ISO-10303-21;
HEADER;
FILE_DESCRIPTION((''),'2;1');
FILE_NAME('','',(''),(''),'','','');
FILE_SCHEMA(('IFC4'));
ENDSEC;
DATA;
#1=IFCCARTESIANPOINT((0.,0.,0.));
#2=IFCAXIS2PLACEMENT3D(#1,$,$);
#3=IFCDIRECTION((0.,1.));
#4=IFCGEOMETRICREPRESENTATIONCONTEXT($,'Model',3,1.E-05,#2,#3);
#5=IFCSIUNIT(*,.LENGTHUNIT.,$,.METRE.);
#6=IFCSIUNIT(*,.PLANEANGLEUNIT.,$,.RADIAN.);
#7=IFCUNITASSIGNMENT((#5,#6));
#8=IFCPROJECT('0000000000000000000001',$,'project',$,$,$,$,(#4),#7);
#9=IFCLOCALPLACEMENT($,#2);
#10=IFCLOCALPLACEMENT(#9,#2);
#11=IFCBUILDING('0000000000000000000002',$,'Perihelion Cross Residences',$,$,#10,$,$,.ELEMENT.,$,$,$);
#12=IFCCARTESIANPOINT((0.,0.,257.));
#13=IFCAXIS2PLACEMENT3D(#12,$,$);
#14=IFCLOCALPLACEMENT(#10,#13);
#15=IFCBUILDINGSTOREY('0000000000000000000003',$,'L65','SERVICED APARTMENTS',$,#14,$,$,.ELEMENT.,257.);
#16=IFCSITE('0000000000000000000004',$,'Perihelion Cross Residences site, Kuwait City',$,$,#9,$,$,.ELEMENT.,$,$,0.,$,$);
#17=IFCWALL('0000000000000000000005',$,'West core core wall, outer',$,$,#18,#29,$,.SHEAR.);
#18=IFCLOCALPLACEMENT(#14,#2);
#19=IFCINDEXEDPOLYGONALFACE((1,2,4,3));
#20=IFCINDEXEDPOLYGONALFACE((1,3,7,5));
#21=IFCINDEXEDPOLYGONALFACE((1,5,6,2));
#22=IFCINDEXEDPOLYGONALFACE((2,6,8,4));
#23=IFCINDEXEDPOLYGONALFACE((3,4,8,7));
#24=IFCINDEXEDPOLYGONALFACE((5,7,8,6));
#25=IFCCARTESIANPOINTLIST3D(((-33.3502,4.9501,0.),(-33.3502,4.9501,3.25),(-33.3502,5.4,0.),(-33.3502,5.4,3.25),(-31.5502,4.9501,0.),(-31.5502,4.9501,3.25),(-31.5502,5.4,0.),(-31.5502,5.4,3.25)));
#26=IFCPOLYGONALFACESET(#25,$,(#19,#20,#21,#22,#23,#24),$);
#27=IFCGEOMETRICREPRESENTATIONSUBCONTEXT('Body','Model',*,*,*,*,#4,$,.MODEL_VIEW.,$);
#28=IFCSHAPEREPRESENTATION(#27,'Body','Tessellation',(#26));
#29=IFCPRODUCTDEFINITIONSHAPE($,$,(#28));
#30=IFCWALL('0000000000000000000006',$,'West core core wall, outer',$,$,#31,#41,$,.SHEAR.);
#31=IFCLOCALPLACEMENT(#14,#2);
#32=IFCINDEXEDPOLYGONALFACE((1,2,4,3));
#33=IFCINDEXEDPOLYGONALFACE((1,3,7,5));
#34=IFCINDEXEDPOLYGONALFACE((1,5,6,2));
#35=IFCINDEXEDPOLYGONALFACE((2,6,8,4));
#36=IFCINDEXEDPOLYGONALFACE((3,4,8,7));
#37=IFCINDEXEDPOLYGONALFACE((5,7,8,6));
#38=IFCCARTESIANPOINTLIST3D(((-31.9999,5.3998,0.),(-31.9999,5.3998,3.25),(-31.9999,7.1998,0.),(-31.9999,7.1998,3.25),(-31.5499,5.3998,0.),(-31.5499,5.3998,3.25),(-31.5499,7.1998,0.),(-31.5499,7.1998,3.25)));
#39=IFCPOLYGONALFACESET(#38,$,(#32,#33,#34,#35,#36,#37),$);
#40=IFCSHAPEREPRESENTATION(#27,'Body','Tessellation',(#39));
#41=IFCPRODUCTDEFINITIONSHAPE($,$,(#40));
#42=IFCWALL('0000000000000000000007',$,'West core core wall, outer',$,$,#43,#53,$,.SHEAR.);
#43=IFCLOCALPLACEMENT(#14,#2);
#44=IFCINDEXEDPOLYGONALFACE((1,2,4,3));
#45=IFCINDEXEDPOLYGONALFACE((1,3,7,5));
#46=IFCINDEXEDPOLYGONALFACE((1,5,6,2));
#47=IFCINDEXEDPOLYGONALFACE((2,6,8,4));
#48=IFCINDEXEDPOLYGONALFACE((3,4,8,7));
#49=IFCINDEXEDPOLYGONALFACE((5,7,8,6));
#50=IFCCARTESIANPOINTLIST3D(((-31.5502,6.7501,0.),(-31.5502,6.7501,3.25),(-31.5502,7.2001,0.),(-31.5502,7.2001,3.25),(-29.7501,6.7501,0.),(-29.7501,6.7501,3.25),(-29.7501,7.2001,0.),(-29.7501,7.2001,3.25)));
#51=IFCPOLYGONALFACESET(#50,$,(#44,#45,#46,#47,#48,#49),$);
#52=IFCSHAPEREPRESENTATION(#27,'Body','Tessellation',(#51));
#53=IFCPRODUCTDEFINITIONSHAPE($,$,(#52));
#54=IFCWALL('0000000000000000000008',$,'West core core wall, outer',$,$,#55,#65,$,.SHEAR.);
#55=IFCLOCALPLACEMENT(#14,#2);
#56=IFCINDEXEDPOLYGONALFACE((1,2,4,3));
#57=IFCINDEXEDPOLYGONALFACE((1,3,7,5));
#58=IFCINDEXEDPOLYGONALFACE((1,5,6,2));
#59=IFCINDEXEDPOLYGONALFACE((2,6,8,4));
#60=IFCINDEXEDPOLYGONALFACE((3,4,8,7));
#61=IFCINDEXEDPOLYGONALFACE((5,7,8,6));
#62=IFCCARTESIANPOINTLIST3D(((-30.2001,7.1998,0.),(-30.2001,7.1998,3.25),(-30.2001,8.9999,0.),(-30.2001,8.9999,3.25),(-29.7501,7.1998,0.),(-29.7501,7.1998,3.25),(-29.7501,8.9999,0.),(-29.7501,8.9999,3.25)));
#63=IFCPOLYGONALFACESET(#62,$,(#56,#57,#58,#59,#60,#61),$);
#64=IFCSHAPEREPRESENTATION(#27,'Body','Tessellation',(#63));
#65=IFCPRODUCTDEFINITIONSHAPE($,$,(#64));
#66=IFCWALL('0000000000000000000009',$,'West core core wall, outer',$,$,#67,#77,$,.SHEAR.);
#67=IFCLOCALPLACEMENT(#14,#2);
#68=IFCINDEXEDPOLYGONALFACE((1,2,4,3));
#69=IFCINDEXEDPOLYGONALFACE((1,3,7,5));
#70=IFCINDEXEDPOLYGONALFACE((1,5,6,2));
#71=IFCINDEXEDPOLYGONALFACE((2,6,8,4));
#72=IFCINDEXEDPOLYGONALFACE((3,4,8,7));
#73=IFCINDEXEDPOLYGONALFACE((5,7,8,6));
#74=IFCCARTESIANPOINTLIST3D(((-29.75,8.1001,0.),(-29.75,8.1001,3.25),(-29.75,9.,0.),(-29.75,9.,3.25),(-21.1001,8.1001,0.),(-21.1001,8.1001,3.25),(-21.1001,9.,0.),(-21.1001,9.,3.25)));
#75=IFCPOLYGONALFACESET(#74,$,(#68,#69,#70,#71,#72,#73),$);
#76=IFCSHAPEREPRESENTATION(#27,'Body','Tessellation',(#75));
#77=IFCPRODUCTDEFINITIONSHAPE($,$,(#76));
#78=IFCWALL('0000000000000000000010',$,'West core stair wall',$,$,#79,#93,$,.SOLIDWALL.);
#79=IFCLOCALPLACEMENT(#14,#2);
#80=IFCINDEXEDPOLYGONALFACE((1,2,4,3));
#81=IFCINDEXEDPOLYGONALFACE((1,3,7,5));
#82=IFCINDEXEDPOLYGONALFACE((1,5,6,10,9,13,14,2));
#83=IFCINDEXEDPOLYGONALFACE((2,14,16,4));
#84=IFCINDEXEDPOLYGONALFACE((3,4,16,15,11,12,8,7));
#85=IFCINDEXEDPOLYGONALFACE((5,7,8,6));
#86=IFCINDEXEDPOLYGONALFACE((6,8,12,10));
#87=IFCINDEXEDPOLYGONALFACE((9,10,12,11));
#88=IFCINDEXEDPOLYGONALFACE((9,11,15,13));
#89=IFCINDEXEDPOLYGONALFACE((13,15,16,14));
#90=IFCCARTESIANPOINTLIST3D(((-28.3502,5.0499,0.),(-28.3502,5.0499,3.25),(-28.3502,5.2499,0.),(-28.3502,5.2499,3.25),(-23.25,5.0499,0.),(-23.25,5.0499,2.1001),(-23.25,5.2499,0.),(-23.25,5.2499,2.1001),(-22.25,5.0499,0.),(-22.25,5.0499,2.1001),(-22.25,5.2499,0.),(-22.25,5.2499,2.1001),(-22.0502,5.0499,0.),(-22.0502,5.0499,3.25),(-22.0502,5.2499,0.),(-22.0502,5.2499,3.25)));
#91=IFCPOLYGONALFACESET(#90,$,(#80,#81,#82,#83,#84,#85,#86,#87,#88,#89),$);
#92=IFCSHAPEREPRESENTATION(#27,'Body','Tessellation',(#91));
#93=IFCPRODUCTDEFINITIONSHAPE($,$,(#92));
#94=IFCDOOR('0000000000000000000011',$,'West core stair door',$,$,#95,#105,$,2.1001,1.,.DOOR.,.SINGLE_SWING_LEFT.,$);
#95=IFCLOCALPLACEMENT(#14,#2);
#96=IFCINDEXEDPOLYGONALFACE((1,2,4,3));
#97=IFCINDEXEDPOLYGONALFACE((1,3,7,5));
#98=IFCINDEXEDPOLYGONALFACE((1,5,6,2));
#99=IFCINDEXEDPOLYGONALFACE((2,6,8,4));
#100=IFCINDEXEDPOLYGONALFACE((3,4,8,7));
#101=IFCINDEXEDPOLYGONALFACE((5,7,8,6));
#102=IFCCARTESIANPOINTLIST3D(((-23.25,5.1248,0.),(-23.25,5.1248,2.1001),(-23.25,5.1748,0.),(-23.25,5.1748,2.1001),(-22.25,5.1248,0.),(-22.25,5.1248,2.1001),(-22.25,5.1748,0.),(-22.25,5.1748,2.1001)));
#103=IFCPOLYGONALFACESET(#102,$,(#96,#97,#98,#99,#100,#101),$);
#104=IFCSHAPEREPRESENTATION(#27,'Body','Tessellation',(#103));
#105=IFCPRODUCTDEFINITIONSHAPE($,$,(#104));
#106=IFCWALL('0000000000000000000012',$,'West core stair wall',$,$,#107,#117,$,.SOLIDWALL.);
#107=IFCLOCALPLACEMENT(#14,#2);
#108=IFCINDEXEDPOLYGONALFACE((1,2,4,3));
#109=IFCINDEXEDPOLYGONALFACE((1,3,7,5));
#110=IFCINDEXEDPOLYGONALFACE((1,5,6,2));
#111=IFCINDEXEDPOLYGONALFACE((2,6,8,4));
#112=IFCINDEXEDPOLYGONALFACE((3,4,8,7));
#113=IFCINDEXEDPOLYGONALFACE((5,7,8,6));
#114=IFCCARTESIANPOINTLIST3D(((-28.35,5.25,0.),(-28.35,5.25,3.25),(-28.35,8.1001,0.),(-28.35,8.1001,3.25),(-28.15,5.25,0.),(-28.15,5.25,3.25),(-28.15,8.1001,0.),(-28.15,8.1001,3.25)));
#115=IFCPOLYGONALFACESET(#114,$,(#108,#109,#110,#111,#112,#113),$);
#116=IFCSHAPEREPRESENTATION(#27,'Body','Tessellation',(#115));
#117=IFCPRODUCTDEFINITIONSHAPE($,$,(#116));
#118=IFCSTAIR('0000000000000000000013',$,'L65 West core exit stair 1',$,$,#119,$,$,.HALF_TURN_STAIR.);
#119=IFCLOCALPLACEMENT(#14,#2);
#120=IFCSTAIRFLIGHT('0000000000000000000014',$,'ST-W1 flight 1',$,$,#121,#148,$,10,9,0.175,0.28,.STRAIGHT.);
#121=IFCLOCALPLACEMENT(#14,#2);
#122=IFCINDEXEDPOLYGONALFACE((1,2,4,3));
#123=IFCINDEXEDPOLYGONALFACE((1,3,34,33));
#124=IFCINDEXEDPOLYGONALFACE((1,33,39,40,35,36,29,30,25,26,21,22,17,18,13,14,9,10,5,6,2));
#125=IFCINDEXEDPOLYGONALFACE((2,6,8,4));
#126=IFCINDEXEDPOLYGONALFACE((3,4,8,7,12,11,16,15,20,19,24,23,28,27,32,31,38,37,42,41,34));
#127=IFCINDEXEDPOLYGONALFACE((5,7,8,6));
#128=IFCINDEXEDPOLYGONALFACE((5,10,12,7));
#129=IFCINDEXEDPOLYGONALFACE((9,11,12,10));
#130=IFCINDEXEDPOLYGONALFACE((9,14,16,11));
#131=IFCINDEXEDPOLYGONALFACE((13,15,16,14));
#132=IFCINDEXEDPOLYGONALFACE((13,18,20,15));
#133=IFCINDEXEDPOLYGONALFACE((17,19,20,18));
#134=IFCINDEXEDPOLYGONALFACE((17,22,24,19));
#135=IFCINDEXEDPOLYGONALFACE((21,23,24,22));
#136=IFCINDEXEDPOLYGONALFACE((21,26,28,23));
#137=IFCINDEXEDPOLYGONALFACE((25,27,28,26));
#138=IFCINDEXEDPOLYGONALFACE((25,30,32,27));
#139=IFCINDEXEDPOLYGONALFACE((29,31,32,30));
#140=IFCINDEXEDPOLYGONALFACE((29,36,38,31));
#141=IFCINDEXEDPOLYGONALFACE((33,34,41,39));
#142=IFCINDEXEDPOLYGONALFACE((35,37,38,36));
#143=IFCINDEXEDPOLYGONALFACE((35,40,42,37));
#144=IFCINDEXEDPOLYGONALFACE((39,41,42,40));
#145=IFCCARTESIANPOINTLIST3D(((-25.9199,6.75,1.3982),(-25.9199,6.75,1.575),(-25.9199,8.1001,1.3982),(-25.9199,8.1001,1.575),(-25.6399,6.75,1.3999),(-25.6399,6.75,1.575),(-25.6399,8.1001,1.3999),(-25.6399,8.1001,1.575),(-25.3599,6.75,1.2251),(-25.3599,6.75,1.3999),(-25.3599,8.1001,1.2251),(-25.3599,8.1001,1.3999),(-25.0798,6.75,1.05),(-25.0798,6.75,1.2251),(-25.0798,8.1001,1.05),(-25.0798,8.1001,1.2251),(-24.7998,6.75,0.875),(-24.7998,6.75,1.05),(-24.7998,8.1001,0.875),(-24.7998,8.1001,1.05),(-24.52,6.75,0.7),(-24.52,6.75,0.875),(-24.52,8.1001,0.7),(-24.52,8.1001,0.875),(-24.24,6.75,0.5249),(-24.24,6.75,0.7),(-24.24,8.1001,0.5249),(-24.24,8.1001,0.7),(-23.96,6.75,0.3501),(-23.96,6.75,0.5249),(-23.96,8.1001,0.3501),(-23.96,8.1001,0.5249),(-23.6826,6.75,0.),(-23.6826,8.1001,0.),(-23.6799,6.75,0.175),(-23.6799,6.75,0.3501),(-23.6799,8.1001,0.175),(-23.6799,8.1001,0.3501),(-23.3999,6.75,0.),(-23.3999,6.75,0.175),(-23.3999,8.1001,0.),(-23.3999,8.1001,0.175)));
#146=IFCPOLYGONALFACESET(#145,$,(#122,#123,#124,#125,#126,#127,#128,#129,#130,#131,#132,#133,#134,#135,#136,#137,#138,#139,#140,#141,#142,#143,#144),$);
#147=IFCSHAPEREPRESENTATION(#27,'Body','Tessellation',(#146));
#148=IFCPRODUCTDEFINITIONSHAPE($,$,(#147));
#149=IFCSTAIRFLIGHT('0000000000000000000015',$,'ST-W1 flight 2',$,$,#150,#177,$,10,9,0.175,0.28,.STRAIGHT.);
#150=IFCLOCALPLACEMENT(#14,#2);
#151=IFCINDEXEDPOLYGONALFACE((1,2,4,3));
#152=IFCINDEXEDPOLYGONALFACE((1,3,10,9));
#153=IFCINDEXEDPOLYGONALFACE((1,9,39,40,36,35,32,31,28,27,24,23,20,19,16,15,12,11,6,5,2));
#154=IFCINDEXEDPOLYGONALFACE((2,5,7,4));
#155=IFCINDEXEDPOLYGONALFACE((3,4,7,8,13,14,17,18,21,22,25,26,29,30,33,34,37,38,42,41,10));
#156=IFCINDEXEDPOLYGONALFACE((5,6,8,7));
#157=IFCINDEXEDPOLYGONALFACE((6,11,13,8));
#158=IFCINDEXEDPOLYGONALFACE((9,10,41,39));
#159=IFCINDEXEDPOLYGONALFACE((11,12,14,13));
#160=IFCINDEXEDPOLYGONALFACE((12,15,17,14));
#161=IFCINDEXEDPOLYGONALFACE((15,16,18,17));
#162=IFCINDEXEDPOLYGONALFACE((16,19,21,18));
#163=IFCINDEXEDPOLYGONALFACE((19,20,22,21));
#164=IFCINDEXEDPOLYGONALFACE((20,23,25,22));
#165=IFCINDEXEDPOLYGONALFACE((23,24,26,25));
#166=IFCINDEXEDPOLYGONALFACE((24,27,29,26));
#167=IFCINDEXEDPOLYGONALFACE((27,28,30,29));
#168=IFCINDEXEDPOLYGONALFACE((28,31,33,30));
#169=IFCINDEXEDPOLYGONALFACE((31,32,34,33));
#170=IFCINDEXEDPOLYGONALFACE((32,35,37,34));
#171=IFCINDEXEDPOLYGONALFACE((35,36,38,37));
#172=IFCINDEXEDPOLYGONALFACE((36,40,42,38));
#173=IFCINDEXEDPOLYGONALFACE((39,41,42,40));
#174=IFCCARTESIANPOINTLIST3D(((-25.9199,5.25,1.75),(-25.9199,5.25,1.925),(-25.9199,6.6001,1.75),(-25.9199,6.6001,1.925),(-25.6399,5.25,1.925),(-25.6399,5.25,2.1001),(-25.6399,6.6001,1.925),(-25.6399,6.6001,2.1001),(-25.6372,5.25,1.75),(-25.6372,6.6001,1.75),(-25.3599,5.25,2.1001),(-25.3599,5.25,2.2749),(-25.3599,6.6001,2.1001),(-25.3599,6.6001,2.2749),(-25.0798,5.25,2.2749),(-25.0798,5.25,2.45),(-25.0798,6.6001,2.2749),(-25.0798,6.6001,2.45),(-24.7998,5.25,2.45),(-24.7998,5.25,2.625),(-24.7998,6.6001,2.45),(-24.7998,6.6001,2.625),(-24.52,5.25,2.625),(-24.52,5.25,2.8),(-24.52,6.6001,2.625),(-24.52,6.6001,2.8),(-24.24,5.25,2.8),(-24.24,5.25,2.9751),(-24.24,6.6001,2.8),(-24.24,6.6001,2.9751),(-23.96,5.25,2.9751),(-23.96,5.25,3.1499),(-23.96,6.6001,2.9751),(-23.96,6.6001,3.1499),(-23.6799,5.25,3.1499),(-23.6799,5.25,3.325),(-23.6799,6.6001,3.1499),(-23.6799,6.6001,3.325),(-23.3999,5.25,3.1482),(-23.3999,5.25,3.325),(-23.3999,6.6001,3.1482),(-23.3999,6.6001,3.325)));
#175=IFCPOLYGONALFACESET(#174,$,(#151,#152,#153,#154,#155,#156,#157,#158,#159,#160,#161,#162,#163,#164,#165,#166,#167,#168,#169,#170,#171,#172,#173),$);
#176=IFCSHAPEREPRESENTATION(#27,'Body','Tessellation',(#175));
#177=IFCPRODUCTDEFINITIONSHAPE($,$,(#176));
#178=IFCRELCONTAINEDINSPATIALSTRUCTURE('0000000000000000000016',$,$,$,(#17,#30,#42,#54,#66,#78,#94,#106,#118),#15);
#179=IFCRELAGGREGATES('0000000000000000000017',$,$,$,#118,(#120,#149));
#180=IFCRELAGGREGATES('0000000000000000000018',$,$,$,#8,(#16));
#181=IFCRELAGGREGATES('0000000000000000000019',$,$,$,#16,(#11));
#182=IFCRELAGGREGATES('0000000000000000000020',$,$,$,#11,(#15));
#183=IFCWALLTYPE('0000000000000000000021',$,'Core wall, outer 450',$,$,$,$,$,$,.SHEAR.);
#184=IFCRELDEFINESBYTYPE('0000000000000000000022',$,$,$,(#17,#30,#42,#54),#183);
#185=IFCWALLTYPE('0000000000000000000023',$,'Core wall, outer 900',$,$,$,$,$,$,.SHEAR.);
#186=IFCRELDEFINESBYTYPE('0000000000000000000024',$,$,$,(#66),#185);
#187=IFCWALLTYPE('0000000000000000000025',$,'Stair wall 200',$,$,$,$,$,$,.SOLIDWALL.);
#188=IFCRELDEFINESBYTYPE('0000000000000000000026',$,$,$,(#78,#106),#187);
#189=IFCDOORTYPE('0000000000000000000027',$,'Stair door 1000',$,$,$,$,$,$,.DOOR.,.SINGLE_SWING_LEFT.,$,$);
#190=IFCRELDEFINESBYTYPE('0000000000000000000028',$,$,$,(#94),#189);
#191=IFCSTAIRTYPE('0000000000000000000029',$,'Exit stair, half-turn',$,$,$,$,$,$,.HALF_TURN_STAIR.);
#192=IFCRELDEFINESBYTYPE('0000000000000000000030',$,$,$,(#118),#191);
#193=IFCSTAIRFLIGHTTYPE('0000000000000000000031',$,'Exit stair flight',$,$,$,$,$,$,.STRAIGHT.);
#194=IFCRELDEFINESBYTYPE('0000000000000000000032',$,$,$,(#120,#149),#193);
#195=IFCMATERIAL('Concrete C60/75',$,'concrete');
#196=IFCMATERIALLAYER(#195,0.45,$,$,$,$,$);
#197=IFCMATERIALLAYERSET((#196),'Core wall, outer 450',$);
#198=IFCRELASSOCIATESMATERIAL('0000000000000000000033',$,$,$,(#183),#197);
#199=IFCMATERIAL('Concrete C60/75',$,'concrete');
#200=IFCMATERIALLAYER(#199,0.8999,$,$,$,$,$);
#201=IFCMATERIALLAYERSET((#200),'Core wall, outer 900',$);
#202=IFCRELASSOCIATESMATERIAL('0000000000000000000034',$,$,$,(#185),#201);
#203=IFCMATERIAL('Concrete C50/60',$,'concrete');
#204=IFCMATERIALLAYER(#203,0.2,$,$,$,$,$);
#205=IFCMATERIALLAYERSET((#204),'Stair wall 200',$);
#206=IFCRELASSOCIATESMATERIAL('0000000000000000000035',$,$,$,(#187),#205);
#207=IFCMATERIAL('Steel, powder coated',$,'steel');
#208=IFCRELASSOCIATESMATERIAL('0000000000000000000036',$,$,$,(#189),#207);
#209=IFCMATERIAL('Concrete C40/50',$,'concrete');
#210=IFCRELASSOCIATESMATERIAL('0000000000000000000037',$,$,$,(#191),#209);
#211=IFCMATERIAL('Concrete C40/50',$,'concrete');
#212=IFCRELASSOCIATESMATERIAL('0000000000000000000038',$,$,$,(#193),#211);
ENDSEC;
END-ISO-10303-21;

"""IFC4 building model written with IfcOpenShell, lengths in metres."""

from ifc_helpers import new_model, si_unit, direction, frame, frame_2d, origin, place, context, subcontext, project, spatial, polyline, rectangle, outline, extrude, material, layer, layer_set, type_object, element, fill, aggregate, save


model = new_model("IFC4")

# Units and contexts
model_context = context("Model", 3, precision=1e-05, world=origin(), true_north=direction((0.0, 1.0)))
body_context = subcontext(model_context, "Body", "Model", "MODEL_VIEW")
ifc_project = project(units=[si_unit("LENGTHUNIT", "METRE"), si_unit("PLANEANGLEUNIT", "RADIAN")], contexts=[model_context])

# Site, building, storey
site_placement = place(None, origin())
site = spatial("IfcSite", under=ifc_project, at=site_placement, Name="Perihelion Cross Residences site, Kuwait City", CompositionType="ELEMENT", RefElevation=0.0)
building_placement = place(site_placement, origin())
building = spatial("IfcBuilding", under=site, at=building_placement, Name="Perihelion Cross Residences", CompositionType="ELEMENT")
storey_placement = place(building_placement, frame((0.0, 0.0, 257.0)))
storey = spatial("IfcBuildingStorey", under=building, at=storey_placement, Name="L65", Description="SERVICED APARTMENTS", CompositionType="ELEMENT", Elevation=257.0)

# Walls
ifc_material_1 = material(Name="Concrete C60/75", Category="concrete")
ifc_layer_1 = layer(ifc_material_1, 0.45)
ifc_layer_set_1 = layer_set([ifc_layer_1], Name="Core wall, outer 450")
wall_type_1 = type_object("IfcWallType", Name="Core wall, outer 450", PredefinedType="SHEAR", material=ifc_layer_set_1)
for number, where, z_axis, x_axis, name in (
    (1, (-33.3501, 5.175, 0.0), (0.0, 0.0, 1.0), (1.0, 0.0, 0.0), "West core core wall, outer"),
    (2, (-31.7749, 5.3999, 0.0), (0.0, 0.0, 1.0), (0.0, 1.0, 0.0), "West core core wall, outer"),
    (3, (-31.55, 6.9751, 0.0), (0.0, 0.0, 1.0), (1.0, 0.0, 0.0), "West core core wall, outer"),
    (4, (-29.9751, 7.2, 0.0), (0.0, 0.0, 1.0), (0.0, 1.0, 0.0), "West core core wall, outer"),
):
    element("IfcWall", number, at=place(storey_placement, frame(where, z_axis=z_axis, x_axis=x_axis)), inside=storey, type_object=wall_type_1, Name=name, PredefinedType="SHEAR", context=body_context, shape_type="SweptSolid", body=[
        extrude(rectangle(XDim=1.8, YDim=0.45, at=frame_2d((0.8999, 0.0))), origin(), (0.0, 0.0, 1.0), 3.25),
    ])
ifc_material_2 = material(Name="Concrete C60/75", Category="concrete")
ifc_layer_2 = layer(ifc_material_2, 0.8999)
ifc_layer_set_2 = layer_set([ifc_layer_2], Name="Core wall, outer 900")
wall_type_2 = type_object("IfcWallType", Name="Core wall, outer 900", PredefinedType="SHEAR", material=ifc_layer_set_2)
wall_1_placement = place(storey_placement, frame((-29.75, 8.55, 0.0), z_axis=(0.0, 0.0, 1.0), x_axis=(1.0, 0.0, 0.0)))
element("IfcWall", 5, at=wall_1_placement, inside=storey, type_object=wall_type_2, Name="West core core wall, outer", PredefinedType="SHEAR", context=body_context, shape_type="SweptSolid", body=[
    extrude(rectangle(XDim=8.6499, YDim=0.8999, at=frame_2d((4.325, 0.0))), origin(), (0.0, 0.0, 1.0), 3.25),
])

# Wall, opening, door
ifc_material_3 = material(Name="Concrete C50/60", Category="concrete")
ifc_layer_3 = layer(ifc_material_3, 0.2)
ifc_layer_set_3 = layer_set([ifc_layer_3], Name="Stair wall 200")
wall_type_3 = type_object("IfcWallType", Name="Stair wall 200", PredefinedType="SOLIDWALL", material=ifc_layer_set_3)
wall_2_placement = place(storey_placement, frame((-28.3501, 5.1499, 0.0), z_axis=(0.0, 0.0, 1.0), x_axis=(1.0, 0.0, 0.0)))
wall_2 = element("IfcWall", 6, at=wall_2_placement, inside=storey, type_object=wall_type_3, Name="West core stair wall", PredefinedType="SOLIDWALL", context=body_context, shape_type="SweptSolid", body=[
    extrude(rectangle(XDim=6.3, YDim=0.2, at=frame_2d((3.1499, 0.0))), origin(), (0.0, 0.0, 1.0), 3.25),
])
opening_placement = place(wall_2_placement, frame((5.1001, 0.0, 0.0)))
opening = element("IfcOpeningElement", 7, at=opening_placement, cuts=wall_2, PredefinedType="OPENING", context=body_context, shape_type="SweptSolid", body=[
    extrude(rectangle(XDim=1.0, YDim=2.1001, at=frame_2d((0.5, 1.05))), frame((0.0, 0.1099, 0.0), z_axis=(0.0, -1.0, 0.0), x_axis=(1.0, 0.0, 0.0)), (0.0, 0.0, 1.0), 0.22),
])
ifc_material_4 = material(Name="Steel, powder coated", Category="steel")
door_type = type_object("IfcDoorType", Name="Stair door 1000", OperationType="SINGLE_SWING_LEFT", PredefinedType="DOOR", material=ifc_material_4)
door_placement = place(opening_placement, origin())
door = element("IfcDoor", 8, at=door_placement, inside=storey, type_object=door_type, Name="West core stair door", OperationType="SINGLE_SWING_LEFT", OverallHeight=2.1001, OverallWidth=1.0, PredefinedType="DOOR", context=body_context, shape_type="SweptSolid", body=[
    extrude(rectangle(XDim=1.0, YDim=2.1001, at=frame_2d((0.5, 1.05))), frame((0.0, 0.0249, 0.0), z_axis=(0.0, -1.0, 0.0), x_axis=(1.0, 0.0, 0.0)), (0.0, 0.0, 1.0), 0.05),
])
fill(opening, door)

# Wall
wall_3_placement = place(storey_placement, frame((-28.25, 5.25, 0.0), z_axis=(0.0, 0.0, 1.0), x_axis=(0.0, 1.0, 0.0)))
element("IfcWall", 9, at=wall_3_placement, inside=storey, type_object=wall_type_3, Name="West core stair wall", PredefinedType="SOLIDWALL", context=body_context, shape_type="SweptSolid", body=[
    extrude(rectangle(XDim=2.8501, YDim=0.2, at=frame_2d((1.425, 0.0))), origin(), (0.0, 0.0, 1.0), 3.25),
])

# Stair, stair flights
ifc_material_5 = material(Name="Concrete C40/50", Category="concrete")
stair_type = type_object("IfcStairType", Name="Exit stair, half-turn", PredefinedType="HALF_TURN_STAIR", material=ifc_material_5)
stair_placement = place(storey_placement, origin())
stair = element("IfcStair", 10, at=stair_placement, inside=storey, type_object=stair_type, Name="L65 West core exit stair 1", PredefinedType="HALF_TURN_STAIR")
ifc_material_6 = material(Name="Concrete C40/50", Category="concrete")
stair_flight_type = type_object("IfcStairFlightType", Name="Exit stair flight", PredefinedType="STRAIGHT", material=ifc_material_6)
stair_flight_1_placement = place(storey_placement, frame((-23.3999, 7.425, 0.0), z_axis=(0.0, 0.0, 1.0), x_axis=(-1.0, 0.0, 0.0)))
stair_flight_1 = element("IfcStairFlight", 11, at=stair_flight_1_placement, type_object=stair_flight_type, Name="ST-W1 flight 1", NumberOfRisers=10, NumberOfTreads=9, PredefinedType="STRAIGHT", RiserHeight=0.175, TreadLength=0.28, context=body_context, shape_type="SweptSolid", body=[
    extrude(outline(polyline([(0.0, 0.0), (0.0, 0.175), (0.28, 0.175), (0.28, 0.3501), (0.5601, 0.3501), (0.5601, 0.5249), (0.8401, 0.5249), (0.8401, 0.7), (1.1201, 0.7), (1.1201, 0.875), (1.3999, 0.875), (1.3999, 1.05), (1.6799, 1.05), (1.6799, 1.2251), (1.96, 1.2251), (1.96, 1.3999), (2.24, 1.3999), (2.24, 1.575), (2.52, 1.575), (2.52, 1.75), (2.52, 1.3982), (0.2827, 0.0), (0.0, 0.0)])), frame((0.0, 0.675, 0.0), z_axis=(0.0, -1.0, 0.0), x_axis=(1.0, 0.0, 0.0)), (0.0, 0.0, 1.0), 1.3501),
])
stair_flight_2_placement = place(storey_placement, frame((-25.9199, 5.925, 1.75), z_axis=(0.0, 0.0, 1.0), x_axis=(1.0, 0.0, 0.0)))
stair_flight_2 = element("IfcStairFlight", 12, at=stair_flight_2_placement, type_object=stair_flight_type, Name="ST-W1 flight 2", NumberOfRisers=10, NumberOfTreads=9, PredefinedType="STRAIGHT", RiserHeight=0.175, TreadLength=0.28, context=body_context, shape_type="SweptSolid", body=[
    extrude(outline(polyline([(0.0, 0.0), (0.0, 0.175), (0.28, 0.175), (0.28, 0.3501), (0.5601, 0.3501), (0.5601, 0.5249), (0.8401, 0.5249), (0.8401, 0.7), (1.1201, 0.7), (1.1201, 0.875), (1.3999, 0.875), (1.3999, 1.05), (1.6799, 1.05), (1.6799, 1.2251), (1.96, 1.2251), (1.96, 1.3999), (2.24, 1.3999), (2.24, 1.575), (2.52, 1.575), (2.52, 1.75), (2.52, 1.3982), (0.2827, 0.0), (0.0, 0.0)])), frame((0.0, 0.675, 0.0), z_axis=(0.0, -1.0, 0.0), x_axis=(1.0, 0.0, 0.0)), (0.0, 0.0, 1.0), 1.3501),
])
aggregate(stair, [stair_flight_1, stair_flight_2])

save(model, "model.ifc")
